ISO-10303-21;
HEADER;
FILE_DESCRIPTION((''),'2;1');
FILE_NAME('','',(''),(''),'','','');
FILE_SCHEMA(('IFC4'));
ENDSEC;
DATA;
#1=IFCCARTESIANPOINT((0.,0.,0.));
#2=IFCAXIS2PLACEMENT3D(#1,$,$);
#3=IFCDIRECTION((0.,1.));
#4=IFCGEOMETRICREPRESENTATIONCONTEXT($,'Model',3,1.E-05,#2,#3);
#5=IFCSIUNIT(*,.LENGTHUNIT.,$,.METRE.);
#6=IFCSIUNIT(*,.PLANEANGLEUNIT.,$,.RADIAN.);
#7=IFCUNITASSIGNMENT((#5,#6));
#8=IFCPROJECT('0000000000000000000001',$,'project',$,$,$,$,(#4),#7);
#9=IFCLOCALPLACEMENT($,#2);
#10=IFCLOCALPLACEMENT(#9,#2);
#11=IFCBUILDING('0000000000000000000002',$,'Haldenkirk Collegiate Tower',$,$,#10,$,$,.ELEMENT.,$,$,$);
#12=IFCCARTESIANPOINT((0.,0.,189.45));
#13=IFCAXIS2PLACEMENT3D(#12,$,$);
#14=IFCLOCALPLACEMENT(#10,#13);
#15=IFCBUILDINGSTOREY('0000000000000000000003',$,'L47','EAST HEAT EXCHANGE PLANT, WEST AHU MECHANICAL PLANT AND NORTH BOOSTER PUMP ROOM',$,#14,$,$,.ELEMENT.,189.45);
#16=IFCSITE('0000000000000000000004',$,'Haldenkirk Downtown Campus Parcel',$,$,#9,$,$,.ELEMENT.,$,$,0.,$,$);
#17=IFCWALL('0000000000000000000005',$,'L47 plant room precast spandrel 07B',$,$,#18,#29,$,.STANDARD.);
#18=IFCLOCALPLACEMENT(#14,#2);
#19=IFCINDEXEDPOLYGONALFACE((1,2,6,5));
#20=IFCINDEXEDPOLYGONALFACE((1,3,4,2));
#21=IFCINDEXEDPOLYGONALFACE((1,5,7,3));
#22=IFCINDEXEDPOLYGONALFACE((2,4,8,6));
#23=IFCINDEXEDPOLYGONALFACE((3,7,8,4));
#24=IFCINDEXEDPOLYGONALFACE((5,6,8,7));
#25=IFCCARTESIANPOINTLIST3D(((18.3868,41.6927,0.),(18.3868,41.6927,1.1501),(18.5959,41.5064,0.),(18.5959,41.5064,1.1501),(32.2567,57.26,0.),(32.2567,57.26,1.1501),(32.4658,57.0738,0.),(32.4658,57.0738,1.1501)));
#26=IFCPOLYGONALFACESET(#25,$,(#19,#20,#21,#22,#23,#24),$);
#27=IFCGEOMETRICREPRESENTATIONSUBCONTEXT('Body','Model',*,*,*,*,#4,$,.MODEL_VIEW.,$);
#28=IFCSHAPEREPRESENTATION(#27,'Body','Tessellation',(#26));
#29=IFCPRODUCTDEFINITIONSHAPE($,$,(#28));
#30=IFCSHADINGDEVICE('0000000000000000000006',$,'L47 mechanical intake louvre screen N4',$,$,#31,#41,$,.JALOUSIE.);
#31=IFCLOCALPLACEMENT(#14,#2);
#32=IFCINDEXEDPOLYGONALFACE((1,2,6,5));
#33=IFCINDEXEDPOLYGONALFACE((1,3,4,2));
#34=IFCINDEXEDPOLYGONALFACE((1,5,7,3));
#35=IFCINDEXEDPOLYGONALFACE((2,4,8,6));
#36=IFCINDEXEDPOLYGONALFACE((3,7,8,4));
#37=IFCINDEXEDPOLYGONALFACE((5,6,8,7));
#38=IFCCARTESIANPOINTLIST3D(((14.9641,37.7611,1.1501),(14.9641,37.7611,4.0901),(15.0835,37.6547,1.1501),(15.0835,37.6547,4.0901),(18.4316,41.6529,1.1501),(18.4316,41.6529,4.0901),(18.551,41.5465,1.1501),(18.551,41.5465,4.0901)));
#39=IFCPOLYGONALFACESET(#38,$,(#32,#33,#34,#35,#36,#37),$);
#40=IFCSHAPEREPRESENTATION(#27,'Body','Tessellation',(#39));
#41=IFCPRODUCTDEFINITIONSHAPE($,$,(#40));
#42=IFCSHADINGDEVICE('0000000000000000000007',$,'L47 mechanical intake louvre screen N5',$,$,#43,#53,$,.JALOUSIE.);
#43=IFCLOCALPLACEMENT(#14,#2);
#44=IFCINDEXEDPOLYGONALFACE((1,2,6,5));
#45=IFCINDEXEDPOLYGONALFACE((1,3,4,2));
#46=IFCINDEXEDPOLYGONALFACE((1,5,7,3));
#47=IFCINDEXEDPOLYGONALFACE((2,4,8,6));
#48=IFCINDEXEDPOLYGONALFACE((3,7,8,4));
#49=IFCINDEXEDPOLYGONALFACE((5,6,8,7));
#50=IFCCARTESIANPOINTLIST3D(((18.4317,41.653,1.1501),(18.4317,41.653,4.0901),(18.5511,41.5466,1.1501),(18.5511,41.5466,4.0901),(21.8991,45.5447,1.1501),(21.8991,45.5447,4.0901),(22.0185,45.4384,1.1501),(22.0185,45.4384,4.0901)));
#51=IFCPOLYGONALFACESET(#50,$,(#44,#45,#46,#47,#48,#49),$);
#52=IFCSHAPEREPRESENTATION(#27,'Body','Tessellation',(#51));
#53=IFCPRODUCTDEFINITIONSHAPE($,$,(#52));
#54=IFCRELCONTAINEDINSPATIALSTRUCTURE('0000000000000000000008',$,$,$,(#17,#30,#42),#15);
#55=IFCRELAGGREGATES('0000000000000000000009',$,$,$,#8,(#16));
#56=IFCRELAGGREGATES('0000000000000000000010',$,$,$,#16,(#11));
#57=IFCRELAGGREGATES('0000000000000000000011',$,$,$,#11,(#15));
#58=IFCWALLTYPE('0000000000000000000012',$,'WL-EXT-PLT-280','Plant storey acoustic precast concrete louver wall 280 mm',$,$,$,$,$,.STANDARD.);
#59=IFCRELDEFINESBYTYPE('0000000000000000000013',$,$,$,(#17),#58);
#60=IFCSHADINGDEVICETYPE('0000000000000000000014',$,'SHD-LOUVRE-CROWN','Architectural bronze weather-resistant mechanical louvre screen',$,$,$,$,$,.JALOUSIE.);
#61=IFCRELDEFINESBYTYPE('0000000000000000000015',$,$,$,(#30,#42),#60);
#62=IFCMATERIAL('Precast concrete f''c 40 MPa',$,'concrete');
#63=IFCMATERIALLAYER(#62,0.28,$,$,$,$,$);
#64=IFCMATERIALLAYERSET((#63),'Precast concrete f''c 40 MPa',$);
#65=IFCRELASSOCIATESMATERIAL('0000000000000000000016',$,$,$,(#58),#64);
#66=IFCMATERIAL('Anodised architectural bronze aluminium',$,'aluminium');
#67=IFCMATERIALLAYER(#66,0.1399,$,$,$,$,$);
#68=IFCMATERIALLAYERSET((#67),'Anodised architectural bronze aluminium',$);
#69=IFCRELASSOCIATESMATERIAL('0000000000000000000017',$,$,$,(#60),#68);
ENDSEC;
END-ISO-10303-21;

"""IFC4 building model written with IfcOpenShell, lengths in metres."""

from ifc_helpers import new_model, si_unit, direction, frame, frame_2d, origin, origin_2d, place, context, subcontext, project, spatial, rectangle, extrude, source, transform, mapped, material, layer, layer_set, type_object, element, save


model = new_model("IFC4")

# Units and contexts
model_context = context("Model", 3, precision=1e-05, world=origin(), true_north=direction((0.0, 1.0)))
body_context = subcontext(model_context, "Body", "Model", "MODEL_VIEW")
ifc_project = project(units=[si_unit("LENGTHUNIT", "METRE"), si_unit("PLANEANGLEUNIT", "RADIAN")], contexts=[model_context])

# Site, building, storey
site_placement = place(None, origin())
site = spatial("IfcSite", under=ifc_project, at=site_placement, Name="Haldenkirk Downtown Campus Parcel", CompositionType="ELEMENT", RefElevation=0.0)
building_placement = place(site_placement, origin())
building = spatial("IfcBuilding", under=site, at=building_placement, Name="Haldenkirk Collegiate Tower", CompositionType="ELEMENT")
storey_placement = place(building_placement, frame((0.0, 0.0, 189.45)))
storey = spatial("IfcBuildingStorey", under=building, at=storey_placement, Name="L47", Description="EAST HEAT EXCHANGE PLANT, WEST AHU MECHANICAL PLANT AND NORTH BOOSTER PUMP ROOM", CompositionType="ELEMENT", Elevation=189.45)

# Wall
ifc_material_1 = material(Name="Precast concrete f'c 40 MPa", Category="concrete")
ifc_layer_1 = layer(ifc_material_1, 0.28)
ifc_layer_set_1 = layer_set([ifc_layer_1], Name="Precast concrete f'c 40 MPa")
wall_type = type_object("IfcWallType", Name="WL-EXT-PLT-280", Description="Plant storey acoustic precast concrete louver wall 280 mm", PredefinedType="STANDARD", material=ifc_layer_set_1)
wall_placement = place(storey_placement, frame((18.4915, 41.5996, 0.0), z_axis=(0.0, 0.0, 1.0), x_axis=(0.665226, 0.746642, 0.0)))
element("IfcWall", 1, at=wall_placement, inside=storey, type_object=wall_type, Name="L47 plant room precast spandrel 07B", PredefinedType="STANDARD", context=body_context, shape_type="SweptSolid", body=[
    extrude(rectangle(XDim=20.8499, YDim=0.28, at=frame_2d((10.4248, 0.0))), origin(), (0.0, 0.0, 1.0), 1.1501),
])

# Shading devices
ifc_material_2 = material(Name="Anodised architectural bronze aluminium", Category="aluminium")
ifc_layer_2 = layer(ifc_material_2, 0.1399)
ifc_layer_set_2 = layer_set([ifc_layer_2], Name="Anodised architectural bronze aluminium")
shading_device_type = type_object("IfcShadingDeviceType", Name="SHD-LOUVRE-CROWN", Description="Architectural bronze weather-resistant mechanical louvre screen", PredefinedType="JALOUSIE", material=ifc_layer_set_2)
shared_shape_1 = source(origin(), body_context, "Body", "SweptSolid", [
    extrude(rectangle(XDim=5.2124, YDim=0.1599, at=origin_2d()), origin(), (0.0, 0.0, 1.0), 2.9399),
])
for number, where, z_axis, x_axis, name in (
    (2, (16.7576, 39.6538, 1.1501), (0.0, 0.0, 1.0), (0.66523, 0.746638, 0.0), "L47 mechanical intake louvre screen N4"),
    (3, (20.2251, 43.5457, 1.1501), (0.0, 0.0, 1.0), (0.66523, 0.746638, 0.0), "L47 mechanical intake louvre screen N5"),
):
    element("IfcShadingDevice", number, at=place(storey_placement, frame(where, z_axis=z_axis, x_axis=x_axis)), inside=storey, type_object=shading_device_type, Name=name, PredefinedType="JALOUSIE", context=body_context, shape_type="MappedRepresentation", body=[
        mapped(shared_shape_1, transform((0.0, 0.0, 0.0), x_axis=(1.0, 0.0, 0.0), y_axis=(0.0, 1.0, 0.0), z_axis=(0.0, 0.0, 1.0), scale=1.0)),
    ])

save(model, "model.ifc")
